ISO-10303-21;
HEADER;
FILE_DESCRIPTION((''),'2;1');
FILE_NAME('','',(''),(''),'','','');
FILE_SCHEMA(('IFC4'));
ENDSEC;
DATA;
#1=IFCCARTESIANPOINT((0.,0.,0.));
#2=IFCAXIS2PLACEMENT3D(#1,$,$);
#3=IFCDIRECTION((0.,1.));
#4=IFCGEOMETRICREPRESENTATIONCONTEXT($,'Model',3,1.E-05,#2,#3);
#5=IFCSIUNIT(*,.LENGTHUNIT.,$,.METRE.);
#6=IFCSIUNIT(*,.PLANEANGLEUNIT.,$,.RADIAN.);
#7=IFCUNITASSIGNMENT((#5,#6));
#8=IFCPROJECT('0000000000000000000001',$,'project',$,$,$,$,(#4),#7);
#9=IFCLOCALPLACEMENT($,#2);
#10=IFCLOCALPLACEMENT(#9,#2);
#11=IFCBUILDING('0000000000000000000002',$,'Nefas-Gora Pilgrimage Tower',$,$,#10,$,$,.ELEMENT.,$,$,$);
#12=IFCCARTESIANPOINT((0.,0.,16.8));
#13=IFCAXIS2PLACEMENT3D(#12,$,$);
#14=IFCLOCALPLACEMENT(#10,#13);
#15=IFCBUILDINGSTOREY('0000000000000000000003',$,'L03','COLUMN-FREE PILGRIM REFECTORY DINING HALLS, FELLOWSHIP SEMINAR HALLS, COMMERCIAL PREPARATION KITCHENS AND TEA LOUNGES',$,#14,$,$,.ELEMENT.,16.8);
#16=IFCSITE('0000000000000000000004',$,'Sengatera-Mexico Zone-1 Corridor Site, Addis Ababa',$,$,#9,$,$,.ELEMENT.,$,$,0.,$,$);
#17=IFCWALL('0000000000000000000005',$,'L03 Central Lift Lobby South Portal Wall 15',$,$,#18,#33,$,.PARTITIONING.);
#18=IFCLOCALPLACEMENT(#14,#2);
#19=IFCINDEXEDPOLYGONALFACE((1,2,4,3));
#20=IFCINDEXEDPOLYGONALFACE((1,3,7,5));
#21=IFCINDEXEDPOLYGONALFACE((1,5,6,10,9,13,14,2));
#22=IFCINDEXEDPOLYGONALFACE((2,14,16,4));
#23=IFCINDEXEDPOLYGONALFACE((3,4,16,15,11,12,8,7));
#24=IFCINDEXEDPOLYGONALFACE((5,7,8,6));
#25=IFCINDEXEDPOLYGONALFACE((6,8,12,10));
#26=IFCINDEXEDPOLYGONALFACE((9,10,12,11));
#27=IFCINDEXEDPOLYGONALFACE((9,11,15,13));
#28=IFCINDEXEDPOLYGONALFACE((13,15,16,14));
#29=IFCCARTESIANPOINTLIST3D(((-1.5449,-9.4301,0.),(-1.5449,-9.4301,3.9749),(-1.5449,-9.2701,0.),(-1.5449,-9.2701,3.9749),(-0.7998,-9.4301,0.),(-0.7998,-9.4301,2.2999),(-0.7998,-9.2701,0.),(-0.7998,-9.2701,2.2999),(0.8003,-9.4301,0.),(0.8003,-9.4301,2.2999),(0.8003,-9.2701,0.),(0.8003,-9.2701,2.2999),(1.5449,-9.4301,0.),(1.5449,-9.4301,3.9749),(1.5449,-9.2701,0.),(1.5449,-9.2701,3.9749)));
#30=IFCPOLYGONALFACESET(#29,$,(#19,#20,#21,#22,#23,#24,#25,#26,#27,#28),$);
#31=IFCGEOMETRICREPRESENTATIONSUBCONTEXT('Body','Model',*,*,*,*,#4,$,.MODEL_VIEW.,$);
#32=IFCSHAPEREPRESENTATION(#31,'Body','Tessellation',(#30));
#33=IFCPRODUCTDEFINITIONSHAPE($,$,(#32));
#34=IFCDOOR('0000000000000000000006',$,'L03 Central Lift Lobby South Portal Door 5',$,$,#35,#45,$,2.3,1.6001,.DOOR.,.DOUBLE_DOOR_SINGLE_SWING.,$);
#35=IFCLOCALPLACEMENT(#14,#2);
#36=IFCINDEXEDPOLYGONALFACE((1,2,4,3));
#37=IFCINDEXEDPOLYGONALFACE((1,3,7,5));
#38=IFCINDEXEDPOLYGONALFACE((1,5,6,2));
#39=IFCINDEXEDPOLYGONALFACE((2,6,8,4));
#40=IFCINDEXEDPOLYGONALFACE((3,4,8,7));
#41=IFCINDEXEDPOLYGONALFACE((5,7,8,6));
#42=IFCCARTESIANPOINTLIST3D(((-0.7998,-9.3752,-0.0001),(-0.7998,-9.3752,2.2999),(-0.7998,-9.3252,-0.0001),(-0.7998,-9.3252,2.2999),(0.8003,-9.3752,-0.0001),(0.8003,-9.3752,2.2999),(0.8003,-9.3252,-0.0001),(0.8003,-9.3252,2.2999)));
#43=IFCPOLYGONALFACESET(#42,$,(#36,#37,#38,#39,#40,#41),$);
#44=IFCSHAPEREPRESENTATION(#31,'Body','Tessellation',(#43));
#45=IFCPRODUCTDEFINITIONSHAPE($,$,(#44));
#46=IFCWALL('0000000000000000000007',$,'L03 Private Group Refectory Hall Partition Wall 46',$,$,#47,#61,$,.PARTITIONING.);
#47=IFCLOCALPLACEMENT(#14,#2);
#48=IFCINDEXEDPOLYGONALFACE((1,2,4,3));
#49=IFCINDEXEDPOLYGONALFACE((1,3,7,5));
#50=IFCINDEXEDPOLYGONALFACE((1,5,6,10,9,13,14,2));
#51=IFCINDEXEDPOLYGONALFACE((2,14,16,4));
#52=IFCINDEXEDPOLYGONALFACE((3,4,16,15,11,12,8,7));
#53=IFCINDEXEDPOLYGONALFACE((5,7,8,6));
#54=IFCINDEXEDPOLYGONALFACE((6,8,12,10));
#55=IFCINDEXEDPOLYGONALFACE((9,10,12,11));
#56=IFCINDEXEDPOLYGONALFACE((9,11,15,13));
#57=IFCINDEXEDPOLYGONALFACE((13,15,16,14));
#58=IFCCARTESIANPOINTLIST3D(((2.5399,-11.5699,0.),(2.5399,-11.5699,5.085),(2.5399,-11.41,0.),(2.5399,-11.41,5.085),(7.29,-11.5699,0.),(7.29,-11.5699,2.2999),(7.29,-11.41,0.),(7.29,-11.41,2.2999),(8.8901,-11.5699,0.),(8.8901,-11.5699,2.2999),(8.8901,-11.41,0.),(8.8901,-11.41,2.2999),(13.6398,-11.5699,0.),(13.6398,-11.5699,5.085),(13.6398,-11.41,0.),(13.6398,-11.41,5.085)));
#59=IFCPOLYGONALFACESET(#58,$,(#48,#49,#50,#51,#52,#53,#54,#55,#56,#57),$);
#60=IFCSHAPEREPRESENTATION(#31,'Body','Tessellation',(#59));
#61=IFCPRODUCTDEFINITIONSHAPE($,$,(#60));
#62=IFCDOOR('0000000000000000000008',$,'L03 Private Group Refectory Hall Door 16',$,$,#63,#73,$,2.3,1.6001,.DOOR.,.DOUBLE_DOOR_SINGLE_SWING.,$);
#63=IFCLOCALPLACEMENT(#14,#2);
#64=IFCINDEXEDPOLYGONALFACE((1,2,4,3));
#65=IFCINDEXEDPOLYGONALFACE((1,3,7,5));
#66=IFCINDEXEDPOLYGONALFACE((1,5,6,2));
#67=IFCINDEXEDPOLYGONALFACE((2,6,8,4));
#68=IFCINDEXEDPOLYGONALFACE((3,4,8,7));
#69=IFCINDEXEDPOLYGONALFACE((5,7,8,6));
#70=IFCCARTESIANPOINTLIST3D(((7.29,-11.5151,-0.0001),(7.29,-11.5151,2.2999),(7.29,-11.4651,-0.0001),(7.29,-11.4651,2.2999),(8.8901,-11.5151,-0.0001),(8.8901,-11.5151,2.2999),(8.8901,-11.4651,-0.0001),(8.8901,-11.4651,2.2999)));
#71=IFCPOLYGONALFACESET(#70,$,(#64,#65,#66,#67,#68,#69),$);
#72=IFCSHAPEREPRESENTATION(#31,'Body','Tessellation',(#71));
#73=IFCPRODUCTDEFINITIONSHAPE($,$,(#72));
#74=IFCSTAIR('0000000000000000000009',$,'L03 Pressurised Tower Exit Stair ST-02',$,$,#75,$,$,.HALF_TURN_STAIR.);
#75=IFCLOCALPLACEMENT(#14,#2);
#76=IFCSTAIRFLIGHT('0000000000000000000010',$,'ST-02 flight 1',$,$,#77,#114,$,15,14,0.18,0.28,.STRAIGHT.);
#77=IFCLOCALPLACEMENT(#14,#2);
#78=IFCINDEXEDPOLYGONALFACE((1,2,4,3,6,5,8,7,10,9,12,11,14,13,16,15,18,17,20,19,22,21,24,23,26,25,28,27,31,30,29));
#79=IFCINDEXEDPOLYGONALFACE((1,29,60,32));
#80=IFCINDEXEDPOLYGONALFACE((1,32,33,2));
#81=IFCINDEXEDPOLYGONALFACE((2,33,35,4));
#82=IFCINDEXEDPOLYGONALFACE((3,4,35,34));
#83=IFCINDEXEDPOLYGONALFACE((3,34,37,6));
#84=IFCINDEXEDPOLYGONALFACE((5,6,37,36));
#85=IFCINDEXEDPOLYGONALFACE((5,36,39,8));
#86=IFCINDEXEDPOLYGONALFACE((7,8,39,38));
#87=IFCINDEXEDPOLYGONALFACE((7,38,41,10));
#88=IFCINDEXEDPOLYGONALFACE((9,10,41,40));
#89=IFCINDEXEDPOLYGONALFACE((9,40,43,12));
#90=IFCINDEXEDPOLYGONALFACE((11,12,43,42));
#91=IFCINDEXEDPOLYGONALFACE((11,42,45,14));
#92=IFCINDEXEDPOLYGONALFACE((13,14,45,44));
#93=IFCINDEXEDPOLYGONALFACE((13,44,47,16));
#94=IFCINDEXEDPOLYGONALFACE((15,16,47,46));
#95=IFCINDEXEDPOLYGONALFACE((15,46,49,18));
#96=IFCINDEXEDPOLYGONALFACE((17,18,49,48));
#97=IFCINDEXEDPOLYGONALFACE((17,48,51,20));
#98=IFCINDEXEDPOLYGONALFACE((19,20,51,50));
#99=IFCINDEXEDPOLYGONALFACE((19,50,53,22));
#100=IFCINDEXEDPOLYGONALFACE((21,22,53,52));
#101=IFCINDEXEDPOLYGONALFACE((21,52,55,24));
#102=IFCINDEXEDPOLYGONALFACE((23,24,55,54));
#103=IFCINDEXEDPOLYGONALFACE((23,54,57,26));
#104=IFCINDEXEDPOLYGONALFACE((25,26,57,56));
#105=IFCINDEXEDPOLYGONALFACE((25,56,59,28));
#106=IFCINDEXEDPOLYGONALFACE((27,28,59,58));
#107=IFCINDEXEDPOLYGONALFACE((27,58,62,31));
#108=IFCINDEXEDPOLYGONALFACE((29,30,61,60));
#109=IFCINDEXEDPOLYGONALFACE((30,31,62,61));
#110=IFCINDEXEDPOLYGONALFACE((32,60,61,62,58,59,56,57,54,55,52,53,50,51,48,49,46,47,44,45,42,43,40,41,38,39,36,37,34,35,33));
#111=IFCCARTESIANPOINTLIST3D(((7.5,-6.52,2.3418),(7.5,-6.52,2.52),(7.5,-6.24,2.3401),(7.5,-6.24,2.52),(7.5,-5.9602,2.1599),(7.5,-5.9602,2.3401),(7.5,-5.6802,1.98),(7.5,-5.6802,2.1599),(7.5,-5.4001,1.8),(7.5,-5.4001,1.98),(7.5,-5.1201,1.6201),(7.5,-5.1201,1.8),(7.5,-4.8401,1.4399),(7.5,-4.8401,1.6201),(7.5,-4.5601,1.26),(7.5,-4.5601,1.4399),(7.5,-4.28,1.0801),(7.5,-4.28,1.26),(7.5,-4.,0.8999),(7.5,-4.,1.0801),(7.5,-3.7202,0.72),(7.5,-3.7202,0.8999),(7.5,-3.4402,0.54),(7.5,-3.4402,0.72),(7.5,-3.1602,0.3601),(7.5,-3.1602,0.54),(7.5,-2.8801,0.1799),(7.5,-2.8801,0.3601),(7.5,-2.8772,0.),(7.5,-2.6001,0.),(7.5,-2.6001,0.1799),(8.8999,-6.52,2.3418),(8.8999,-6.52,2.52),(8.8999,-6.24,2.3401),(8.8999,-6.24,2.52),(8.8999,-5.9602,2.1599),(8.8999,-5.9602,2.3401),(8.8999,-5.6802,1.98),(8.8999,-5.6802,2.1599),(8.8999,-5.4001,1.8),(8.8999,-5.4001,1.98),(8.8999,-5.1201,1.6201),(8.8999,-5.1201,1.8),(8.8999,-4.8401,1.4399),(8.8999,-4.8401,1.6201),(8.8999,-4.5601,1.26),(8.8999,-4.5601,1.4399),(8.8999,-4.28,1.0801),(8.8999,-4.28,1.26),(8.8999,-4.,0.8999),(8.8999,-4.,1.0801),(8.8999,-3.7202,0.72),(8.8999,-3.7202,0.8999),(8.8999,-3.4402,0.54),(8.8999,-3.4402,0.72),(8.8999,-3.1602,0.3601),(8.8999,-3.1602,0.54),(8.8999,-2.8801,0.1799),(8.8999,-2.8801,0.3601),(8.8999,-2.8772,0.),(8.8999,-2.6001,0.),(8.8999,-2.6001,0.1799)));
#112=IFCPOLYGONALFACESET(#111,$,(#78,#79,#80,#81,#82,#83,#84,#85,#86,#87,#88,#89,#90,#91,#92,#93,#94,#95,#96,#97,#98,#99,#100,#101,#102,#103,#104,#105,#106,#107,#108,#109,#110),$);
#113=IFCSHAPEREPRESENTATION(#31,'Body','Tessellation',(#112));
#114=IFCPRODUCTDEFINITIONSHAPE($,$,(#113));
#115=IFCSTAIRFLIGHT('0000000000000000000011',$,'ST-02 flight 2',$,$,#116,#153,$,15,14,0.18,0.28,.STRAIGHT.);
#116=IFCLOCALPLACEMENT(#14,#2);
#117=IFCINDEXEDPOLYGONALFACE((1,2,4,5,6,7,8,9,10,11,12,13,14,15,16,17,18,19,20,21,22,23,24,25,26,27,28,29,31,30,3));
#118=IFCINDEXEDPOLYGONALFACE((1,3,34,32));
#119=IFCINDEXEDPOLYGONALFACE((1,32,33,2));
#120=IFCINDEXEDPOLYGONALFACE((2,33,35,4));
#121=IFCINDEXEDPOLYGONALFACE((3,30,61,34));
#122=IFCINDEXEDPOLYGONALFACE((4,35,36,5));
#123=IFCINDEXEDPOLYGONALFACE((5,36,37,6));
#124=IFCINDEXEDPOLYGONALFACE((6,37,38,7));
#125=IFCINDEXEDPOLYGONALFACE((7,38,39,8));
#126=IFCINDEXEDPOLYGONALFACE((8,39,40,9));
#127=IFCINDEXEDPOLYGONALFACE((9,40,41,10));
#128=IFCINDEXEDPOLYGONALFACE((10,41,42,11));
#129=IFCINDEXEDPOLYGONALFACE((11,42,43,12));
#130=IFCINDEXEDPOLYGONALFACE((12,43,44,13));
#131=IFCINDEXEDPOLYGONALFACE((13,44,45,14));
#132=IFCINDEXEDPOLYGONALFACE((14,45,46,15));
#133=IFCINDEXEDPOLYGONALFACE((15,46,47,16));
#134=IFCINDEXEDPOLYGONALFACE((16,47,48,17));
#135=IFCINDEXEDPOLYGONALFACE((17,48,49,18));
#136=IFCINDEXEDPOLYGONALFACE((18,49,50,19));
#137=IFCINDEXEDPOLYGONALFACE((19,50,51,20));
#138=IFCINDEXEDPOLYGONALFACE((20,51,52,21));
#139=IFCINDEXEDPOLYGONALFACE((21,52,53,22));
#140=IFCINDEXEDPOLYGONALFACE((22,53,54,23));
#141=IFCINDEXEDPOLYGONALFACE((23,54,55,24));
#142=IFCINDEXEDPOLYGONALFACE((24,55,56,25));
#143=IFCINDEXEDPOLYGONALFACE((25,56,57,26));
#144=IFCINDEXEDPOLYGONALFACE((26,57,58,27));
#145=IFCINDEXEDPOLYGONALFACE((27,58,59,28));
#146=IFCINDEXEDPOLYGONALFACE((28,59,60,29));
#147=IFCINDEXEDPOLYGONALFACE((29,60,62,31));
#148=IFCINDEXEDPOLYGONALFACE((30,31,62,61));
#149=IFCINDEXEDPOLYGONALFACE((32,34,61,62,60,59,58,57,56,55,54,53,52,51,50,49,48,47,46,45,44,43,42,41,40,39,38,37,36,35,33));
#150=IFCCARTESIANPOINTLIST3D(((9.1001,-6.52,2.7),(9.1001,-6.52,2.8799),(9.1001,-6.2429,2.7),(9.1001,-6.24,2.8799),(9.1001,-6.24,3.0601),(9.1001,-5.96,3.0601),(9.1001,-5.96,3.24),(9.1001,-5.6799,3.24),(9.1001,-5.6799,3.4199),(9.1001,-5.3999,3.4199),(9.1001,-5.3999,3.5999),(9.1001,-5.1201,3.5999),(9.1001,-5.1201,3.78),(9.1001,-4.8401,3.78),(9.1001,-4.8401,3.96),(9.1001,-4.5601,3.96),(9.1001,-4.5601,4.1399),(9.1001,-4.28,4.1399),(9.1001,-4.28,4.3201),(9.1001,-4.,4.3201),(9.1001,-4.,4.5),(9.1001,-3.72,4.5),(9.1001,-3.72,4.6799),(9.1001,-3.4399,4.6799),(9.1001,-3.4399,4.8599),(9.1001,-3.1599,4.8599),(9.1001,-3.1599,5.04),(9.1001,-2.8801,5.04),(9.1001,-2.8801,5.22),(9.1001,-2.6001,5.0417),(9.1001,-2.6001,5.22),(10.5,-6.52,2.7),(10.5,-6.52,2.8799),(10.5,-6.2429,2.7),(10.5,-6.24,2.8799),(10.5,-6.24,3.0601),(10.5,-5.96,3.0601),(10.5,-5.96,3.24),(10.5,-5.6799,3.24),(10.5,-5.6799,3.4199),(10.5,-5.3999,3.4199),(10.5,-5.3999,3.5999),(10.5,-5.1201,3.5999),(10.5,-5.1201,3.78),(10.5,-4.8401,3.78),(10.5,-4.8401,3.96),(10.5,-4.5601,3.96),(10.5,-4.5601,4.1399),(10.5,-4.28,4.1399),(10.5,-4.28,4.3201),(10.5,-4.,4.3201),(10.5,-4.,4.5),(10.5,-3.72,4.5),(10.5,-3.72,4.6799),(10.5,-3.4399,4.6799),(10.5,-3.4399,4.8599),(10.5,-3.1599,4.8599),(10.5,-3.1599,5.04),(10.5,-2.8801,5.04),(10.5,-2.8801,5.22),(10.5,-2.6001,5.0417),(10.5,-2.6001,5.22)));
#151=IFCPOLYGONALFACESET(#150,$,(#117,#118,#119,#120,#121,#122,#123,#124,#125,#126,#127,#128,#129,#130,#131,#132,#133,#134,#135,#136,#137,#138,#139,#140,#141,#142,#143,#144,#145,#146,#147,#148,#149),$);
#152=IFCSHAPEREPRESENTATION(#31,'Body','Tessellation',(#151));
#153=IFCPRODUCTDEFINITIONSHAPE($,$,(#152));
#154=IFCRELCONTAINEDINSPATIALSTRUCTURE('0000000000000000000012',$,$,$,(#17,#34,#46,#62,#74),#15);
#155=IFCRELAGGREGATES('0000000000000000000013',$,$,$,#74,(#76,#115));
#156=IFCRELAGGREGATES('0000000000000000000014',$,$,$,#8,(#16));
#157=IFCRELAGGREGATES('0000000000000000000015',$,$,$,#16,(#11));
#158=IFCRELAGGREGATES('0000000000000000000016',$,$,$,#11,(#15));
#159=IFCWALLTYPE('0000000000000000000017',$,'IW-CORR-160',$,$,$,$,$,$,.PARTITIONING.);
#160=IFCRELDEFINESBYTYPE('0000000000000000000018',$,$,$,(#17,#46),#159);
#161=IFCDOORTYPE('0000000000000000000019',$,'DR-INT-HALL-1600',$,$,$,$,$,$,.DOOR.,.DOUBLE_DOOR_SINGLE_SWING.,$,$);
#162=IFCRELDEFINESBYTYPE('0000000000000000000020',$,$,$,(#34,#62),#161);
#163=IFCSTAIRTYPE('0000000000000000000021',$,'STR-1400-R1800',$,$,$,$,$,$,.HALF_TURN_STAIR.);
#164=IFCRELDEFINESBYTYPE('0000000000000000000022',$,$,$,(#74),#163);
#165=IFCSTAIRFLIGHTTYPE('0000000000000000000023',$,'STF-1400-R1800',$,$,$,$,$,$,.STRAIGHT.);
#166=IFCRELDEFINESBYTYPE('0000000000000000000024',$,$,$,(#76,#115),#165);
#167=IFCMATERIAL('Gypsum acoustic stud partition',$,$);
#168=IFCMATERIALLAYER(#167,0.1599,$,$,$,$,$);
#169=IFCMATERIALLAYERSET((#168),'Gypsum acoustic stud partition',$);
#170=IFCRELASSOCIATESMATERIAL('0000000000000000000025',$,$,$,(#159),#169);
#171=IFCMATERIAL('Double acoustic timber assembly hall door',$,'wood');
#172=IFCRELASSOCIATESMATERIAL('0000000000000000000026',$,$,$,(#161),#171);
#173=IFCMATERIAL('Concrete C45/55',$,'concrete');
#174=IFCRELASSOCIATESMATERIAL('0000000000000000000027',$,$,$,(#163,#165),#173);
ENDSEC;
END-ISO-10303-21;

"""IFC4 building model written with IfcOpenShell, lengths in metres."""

from ifc_helpers import new_model, si_unit, direction, frame, frame_2d, origin, place, context, subcontext, project, spatial, polyline, rectangle, outline, extrude, source, transform, mapped, material, layer, layer_set, type_object, element, fill, aggregate, save


model = new_model("IFC4")

# Units and contexts
model_context = context("Model", 3, precision=1e-05, world=origin(), true_north=direction((0.0, 1.0)))
body_context = subcontext(model_context, "Body", "Model", "MODEL_VIEW")
ifc_project = project(units=[si_unit("LENGTHUNIT", "METRE"), si_unit("PLANEANGLEUNIT", "RADIAN")], contexts=[model_context])

# Site, building, storey
site_placement = place(None, origin())
site = spatial("IfcSite", under=ifc_project, at=site_placement, Name="Sengatera-Mexico Zone-1 Corridor Site, Addis Ababa", CompositionType="ELEMENT", RefElevation=0.0)
building_placement = place(site_placement, origin())
building = spatial("IfcBuilding", under=site, at=building_placement, Name="Nefas-Gora Pilgrimage Tower", CompositionType="ELEMENT")
storey_placement = place(building_placement, frame((0.0, 0.0, 16.8)))
storey = spatial("IfcBuildingStorey", under=building, at=storey_placement, Name="L03", Description="COLUMN-FREE PILGRIM REFECTORY DINING HALLS, FELLOWSHIP SEMINAR HALLS, COMMERCIAL PREPARATION KITCHENS AND TEA LOUNGES", CompositionType="ELEMENT", Elevation=16.8)

# Shared definitions
ifc_material_1 = material(Name="Concrete C45/55", Category="concrete")

# Shared definitions
ifc_material_2 = material(Name="Gypsum acoustic stud partition")
ifc_layer_1 = layer(ifc_material_2, 0.1599)
ifc_layer_set_1 = layer_set([ifc_layer_1], Name="Gypsum acoustic stud partition")
wall_type_1 = type_object("IfcWallType", Name="IW-CORR-160", PredefinedType="PARTITIONING", material=ifc_layer_set_1)

# Walls, openings, doors
shared_shape_1 = source(origin(), body_context, "Body", "SweptSolid", [
    extrude(rectangle(XDim=3.0898, YDim=0.1599, at=frame_2d((1.5449, 0.0))), origin(), (0.0, 0.0, 1.0), 3.9749),
])
wall_1_placement = place(storey_placement, frame((-1.5449, -9.3501, 0.0), z_axis=(0.0, 0.0, 1.0), x_axis=(1.0, 0.0, 0.0)))
wall_1 = element("IfcWall", 1, at=wall_1_placement, inside=storey, type_object=wall_type_1, Name="L03 Central Lift Lobby South Portal Wall 15", PredefinedType="PARTITIONING", context=body_context, shape_type="MappedRepresentation", body=[
    mapped(shared_shape_1, transform((0.0, 0.0, 0.0), x_axis=(1.0, 0.0, 0.0), y_axis=(0.0, 1.0, 0.0), z_axis=(0.0, 0.0, 1.0), scale=1.0)),
])
opening_1_placement = place(wall_1_placement, frame((0.7451, 0.0, 0.0)))
opening_1 = element("IfcOpeningElement", 2, at=opening_1_placement, cuts=wall_1, PredefinedType="OPENING", context=body_context, shape_type="SweptSolid", body=[
    extrude(rectangle(XDim=1.6001, YDim=2.3, at=frame_2d((0.8, 1.1499))), frame((0.0, 0.0898, 0.0), z_axis=(0.0, -1.0, 0.0), x_axis=(1.0, 0.0, 0.0)), (0.0, 0.0, 1.0), 0.1799),
])
ifc_material_3 = material(Name="Double acoustic timber assembly hall door", Category="wood")
door_type_1 = type_object("IfcDoorType", Name="DR-INT-HALL-1600", OperationType="DOUBLE_DOOR_SINGLE_SWING", PredefinedType="DOOR", material=ifc_material_3)
shared_shape_2 = source(origin(), body_context, "Body", "SweptSolid", [
    extrude(rectangle(XDim=1.6001, YDim=2.3, at=frame_2d((0.8, 1.1499))), frame((0.0, 0.0249, 0.0), z_axis=(0.0, -1.0, 0.0), x_axis=(1.0, 0.0, 0.0)), (0.0, 0.0, 1.0), 0.05),
])
door_1_placement = place(opening_1_placement, origin())
door_1 = element("IfcDoor", 3, at=door_1_placement, inside=storey, type_object=door_type_1, Name="L03 Central Lift Lobby South Portal Door 5", OperationType="DOUBLE_DOOR_SINGLE_SWING", OverallHeight=2.3, OverallWidth=1.6001, PredefinedType="DOOR", context=body_context, shape_type="MappedRepresentation", body=[
    mapped(shared_shape_2, transform((0.0, 0.0, 0.0), x_axis=(1.0, 0.0, 0.0), y_axis=(0.0, 1.0, 0.0), z_axis=(0.0, 0.0, 1.0), scale=1.0)),
])
fill(opening_1, door_1)
shared_shape_3 = source(origin(), body_context, "Body", "SweptSolid", [
    extrude(rectangle(XDim=11.0999, YDim=0.1599, at=frame_2d((5.5498, 0.0))), origin(), (0.0, 0.0, 1.0), 5.085),
])
wall_2_placement = place(storey_placement, frame((2.54, -11.49, 0.0), z_axis=(0.0, 0.0, 1.0), x_axis=(1.0, 0.0, 0.0)))
wall_2 = element("IfcWall", 4, at=wall_2_placement, inside=storey, type_object=wall_type_1, Name="L03 Private Group Refectory Hall Partition Wall 46", PredefinedType="PARTITIONING", context=body_context, shape_type="MappedRepresentation", body=[
    mapped(shared_shape_3, transform((0.0, 0.0, 0.0), x_axis=(1.0, 0.0, 0.0), y_axis=(0.0, 1.0, 0.0), z_axis=(0.0, 0.0, 1.0), scale=1.0)),
])
opening_2_placement = place(wall_2_placement, frame((4.75, 0.0, 0.0)))
opening_2 = element("IfcOpeningElement", 5, at=opening_2_placement, cuts=wall_2, PredefinedType="OPENING", context=body_context, shape_type="SweptSolid", body=[
    extrude(rectangle(XDim=1.6001, YDim=2.3, at=frame_2d((0.8, 1.1499))), frame((0.0, 0.0898, 0.0), z_axis=(0.0, -1.0, 0.0), x_axis=(1.0, 0.0, 0.0)), (0.0, 0.0, 1.0), 0.1799),
])
door_2_placement = place(opening_2_placement, origin())
door_2 = element("IfcDoor", 6, at=door_2_placement, inside=storey, type_object=door_type_1, Name="L03 Private Group Refectory Hall Door 16", OperationType="DOUBLE_DOOR_SINGLE_SWING", OverallHeight=2.3, OverallWidth=1.6001, PredefinedType="DOOR", context=body_context, shape_type="MappedRepresentation", body=[
    mapped(shared_shape_2, transform((0.0, 0.0, 0.0), x_axis=(1.0, 0.0, 0.0), y_axis=(0.0, 1.0, 0.0), z_axis=(0.0, 0.0, 1.0), scale=1.0)),
])
fill(opening_2, door_2)

# Stair, stair flights
stair_type = type_object("IfcStairType", Name="STR-1400-R1800", PredefinedType="HALF_TURN_STAIR", material=ifc_material_1)
stair_placement = place(storey_placement, origin())
stair = element("IfcStair", 7, at=stair_placement, inside=storey, type_object=stair_type, Name="L03 Pressurised Tower Exit Stair ST-02", PredefinedType="HALF_TURN_STAIR")
stair_flight_type = type_object("IfcStairFlightType", Name="STF-1400-R1800", PredefinedType="STRAIGHT", material=ifc_material_1)
shared_shape_4 = source(origin(), body_context, "Body", "SweptSolid", [
    extrude(outline(polyline([(0.0, 0.0), (0.0, 0.1799), (0.28, 0.1799), (0.28, 0.3601), (0.5601, 0.3601), (0.5601, 0.54), (0.8401, 0.54), (0.8401, 0.72), (1.1201, 0.72), (1.1201, 0.8999), (1.3999, 0.8999), (1.3999, 1.0801), (1.6799, 1.0801), (1.6799, 1.26), (1.96, 1.26), (1.96, 1.4399), (2.24, 1.4399), (2.24, 1.6201), (2.52, 1.6201), (2.52, 1.8), (2.8, 1.8), (2.8, 1.98), (3.0801, 1.98), (3.0801, 2.1599), (3.3601, 2.1599), (3.3601, 2.3401), (3.6399, 2.3401), (3.6399, 2.52), (3.9199, 2.52), (3.9199, 2.7), (3.9199, 2.3418), (0.2771, 0.0), (0.0, 0.0)])), frame((0.0, 0.7, 0.0), z_axis=(0.0, -1.0, 0.0), x_axis=(1.0, 0.0, 0.0)), (0.0, 0.0, 1.0), 1.3999),
])
stair_flight_1_placement = place(storey_placement, frame((8.2, -2.6001, 0.0), z_axis=(0.0, 0.0, 1.0), x_axis=(0.0, -1.0, 0.0)))
stair_flight_1 = element("IfcStairFlight", 8, at=stair_flight_1_placement, type_object=stair_flight_type, Name="ST-02 flight 1", NumberOfRisers=15, NumberOfTreads=14, PredefinedType="STRAIGHT", RiserHeight=0.18, TreadLength=0.28, context=body_context, shape_type="MappedRepresentation", body=[
    mapped(shared_shape_4, transform((0.0, 0.0, 0.0), x_axis=(1.0, 0.0, 0.0), y_axis=(0.0, 1.0, 0.0), z_axis=(0.0, 0.0, 1.0), scale=1.0)),
])
stair_flight_2_placement = place(storey_placement, frame((9.8, -6.52, 2.7), z_axis=(0.0, 0.0, 1.0), x_axis=(0.0, 1.0, 0.0)))
stair_flight_2 = element("IfcStairFlight", 9, at=stair_flight_2_placement, type_object=stair_flight_type, Name="ST-02 flight 2", NumberOfRisers=15, NumberOfTreads=14, PredefinedType="STRAIGHT", RiserHeight=0.18, TreadLength=0.28, context=body_context, shape_type="MappedRepresentation", body=[
    mapped(shared_shape_4, transform((0.0, 0.0, 0.0), x_axis=(1.0, 0.0, 0.0), y_axis=(0.0, 1.0, 0.0), z_axis=(0.0, 0.0, 1.0), scale=1.0)),
])
aggregate(stair, [stair_flight_1, stair_flight_2])

save(model, "model.ifc")
